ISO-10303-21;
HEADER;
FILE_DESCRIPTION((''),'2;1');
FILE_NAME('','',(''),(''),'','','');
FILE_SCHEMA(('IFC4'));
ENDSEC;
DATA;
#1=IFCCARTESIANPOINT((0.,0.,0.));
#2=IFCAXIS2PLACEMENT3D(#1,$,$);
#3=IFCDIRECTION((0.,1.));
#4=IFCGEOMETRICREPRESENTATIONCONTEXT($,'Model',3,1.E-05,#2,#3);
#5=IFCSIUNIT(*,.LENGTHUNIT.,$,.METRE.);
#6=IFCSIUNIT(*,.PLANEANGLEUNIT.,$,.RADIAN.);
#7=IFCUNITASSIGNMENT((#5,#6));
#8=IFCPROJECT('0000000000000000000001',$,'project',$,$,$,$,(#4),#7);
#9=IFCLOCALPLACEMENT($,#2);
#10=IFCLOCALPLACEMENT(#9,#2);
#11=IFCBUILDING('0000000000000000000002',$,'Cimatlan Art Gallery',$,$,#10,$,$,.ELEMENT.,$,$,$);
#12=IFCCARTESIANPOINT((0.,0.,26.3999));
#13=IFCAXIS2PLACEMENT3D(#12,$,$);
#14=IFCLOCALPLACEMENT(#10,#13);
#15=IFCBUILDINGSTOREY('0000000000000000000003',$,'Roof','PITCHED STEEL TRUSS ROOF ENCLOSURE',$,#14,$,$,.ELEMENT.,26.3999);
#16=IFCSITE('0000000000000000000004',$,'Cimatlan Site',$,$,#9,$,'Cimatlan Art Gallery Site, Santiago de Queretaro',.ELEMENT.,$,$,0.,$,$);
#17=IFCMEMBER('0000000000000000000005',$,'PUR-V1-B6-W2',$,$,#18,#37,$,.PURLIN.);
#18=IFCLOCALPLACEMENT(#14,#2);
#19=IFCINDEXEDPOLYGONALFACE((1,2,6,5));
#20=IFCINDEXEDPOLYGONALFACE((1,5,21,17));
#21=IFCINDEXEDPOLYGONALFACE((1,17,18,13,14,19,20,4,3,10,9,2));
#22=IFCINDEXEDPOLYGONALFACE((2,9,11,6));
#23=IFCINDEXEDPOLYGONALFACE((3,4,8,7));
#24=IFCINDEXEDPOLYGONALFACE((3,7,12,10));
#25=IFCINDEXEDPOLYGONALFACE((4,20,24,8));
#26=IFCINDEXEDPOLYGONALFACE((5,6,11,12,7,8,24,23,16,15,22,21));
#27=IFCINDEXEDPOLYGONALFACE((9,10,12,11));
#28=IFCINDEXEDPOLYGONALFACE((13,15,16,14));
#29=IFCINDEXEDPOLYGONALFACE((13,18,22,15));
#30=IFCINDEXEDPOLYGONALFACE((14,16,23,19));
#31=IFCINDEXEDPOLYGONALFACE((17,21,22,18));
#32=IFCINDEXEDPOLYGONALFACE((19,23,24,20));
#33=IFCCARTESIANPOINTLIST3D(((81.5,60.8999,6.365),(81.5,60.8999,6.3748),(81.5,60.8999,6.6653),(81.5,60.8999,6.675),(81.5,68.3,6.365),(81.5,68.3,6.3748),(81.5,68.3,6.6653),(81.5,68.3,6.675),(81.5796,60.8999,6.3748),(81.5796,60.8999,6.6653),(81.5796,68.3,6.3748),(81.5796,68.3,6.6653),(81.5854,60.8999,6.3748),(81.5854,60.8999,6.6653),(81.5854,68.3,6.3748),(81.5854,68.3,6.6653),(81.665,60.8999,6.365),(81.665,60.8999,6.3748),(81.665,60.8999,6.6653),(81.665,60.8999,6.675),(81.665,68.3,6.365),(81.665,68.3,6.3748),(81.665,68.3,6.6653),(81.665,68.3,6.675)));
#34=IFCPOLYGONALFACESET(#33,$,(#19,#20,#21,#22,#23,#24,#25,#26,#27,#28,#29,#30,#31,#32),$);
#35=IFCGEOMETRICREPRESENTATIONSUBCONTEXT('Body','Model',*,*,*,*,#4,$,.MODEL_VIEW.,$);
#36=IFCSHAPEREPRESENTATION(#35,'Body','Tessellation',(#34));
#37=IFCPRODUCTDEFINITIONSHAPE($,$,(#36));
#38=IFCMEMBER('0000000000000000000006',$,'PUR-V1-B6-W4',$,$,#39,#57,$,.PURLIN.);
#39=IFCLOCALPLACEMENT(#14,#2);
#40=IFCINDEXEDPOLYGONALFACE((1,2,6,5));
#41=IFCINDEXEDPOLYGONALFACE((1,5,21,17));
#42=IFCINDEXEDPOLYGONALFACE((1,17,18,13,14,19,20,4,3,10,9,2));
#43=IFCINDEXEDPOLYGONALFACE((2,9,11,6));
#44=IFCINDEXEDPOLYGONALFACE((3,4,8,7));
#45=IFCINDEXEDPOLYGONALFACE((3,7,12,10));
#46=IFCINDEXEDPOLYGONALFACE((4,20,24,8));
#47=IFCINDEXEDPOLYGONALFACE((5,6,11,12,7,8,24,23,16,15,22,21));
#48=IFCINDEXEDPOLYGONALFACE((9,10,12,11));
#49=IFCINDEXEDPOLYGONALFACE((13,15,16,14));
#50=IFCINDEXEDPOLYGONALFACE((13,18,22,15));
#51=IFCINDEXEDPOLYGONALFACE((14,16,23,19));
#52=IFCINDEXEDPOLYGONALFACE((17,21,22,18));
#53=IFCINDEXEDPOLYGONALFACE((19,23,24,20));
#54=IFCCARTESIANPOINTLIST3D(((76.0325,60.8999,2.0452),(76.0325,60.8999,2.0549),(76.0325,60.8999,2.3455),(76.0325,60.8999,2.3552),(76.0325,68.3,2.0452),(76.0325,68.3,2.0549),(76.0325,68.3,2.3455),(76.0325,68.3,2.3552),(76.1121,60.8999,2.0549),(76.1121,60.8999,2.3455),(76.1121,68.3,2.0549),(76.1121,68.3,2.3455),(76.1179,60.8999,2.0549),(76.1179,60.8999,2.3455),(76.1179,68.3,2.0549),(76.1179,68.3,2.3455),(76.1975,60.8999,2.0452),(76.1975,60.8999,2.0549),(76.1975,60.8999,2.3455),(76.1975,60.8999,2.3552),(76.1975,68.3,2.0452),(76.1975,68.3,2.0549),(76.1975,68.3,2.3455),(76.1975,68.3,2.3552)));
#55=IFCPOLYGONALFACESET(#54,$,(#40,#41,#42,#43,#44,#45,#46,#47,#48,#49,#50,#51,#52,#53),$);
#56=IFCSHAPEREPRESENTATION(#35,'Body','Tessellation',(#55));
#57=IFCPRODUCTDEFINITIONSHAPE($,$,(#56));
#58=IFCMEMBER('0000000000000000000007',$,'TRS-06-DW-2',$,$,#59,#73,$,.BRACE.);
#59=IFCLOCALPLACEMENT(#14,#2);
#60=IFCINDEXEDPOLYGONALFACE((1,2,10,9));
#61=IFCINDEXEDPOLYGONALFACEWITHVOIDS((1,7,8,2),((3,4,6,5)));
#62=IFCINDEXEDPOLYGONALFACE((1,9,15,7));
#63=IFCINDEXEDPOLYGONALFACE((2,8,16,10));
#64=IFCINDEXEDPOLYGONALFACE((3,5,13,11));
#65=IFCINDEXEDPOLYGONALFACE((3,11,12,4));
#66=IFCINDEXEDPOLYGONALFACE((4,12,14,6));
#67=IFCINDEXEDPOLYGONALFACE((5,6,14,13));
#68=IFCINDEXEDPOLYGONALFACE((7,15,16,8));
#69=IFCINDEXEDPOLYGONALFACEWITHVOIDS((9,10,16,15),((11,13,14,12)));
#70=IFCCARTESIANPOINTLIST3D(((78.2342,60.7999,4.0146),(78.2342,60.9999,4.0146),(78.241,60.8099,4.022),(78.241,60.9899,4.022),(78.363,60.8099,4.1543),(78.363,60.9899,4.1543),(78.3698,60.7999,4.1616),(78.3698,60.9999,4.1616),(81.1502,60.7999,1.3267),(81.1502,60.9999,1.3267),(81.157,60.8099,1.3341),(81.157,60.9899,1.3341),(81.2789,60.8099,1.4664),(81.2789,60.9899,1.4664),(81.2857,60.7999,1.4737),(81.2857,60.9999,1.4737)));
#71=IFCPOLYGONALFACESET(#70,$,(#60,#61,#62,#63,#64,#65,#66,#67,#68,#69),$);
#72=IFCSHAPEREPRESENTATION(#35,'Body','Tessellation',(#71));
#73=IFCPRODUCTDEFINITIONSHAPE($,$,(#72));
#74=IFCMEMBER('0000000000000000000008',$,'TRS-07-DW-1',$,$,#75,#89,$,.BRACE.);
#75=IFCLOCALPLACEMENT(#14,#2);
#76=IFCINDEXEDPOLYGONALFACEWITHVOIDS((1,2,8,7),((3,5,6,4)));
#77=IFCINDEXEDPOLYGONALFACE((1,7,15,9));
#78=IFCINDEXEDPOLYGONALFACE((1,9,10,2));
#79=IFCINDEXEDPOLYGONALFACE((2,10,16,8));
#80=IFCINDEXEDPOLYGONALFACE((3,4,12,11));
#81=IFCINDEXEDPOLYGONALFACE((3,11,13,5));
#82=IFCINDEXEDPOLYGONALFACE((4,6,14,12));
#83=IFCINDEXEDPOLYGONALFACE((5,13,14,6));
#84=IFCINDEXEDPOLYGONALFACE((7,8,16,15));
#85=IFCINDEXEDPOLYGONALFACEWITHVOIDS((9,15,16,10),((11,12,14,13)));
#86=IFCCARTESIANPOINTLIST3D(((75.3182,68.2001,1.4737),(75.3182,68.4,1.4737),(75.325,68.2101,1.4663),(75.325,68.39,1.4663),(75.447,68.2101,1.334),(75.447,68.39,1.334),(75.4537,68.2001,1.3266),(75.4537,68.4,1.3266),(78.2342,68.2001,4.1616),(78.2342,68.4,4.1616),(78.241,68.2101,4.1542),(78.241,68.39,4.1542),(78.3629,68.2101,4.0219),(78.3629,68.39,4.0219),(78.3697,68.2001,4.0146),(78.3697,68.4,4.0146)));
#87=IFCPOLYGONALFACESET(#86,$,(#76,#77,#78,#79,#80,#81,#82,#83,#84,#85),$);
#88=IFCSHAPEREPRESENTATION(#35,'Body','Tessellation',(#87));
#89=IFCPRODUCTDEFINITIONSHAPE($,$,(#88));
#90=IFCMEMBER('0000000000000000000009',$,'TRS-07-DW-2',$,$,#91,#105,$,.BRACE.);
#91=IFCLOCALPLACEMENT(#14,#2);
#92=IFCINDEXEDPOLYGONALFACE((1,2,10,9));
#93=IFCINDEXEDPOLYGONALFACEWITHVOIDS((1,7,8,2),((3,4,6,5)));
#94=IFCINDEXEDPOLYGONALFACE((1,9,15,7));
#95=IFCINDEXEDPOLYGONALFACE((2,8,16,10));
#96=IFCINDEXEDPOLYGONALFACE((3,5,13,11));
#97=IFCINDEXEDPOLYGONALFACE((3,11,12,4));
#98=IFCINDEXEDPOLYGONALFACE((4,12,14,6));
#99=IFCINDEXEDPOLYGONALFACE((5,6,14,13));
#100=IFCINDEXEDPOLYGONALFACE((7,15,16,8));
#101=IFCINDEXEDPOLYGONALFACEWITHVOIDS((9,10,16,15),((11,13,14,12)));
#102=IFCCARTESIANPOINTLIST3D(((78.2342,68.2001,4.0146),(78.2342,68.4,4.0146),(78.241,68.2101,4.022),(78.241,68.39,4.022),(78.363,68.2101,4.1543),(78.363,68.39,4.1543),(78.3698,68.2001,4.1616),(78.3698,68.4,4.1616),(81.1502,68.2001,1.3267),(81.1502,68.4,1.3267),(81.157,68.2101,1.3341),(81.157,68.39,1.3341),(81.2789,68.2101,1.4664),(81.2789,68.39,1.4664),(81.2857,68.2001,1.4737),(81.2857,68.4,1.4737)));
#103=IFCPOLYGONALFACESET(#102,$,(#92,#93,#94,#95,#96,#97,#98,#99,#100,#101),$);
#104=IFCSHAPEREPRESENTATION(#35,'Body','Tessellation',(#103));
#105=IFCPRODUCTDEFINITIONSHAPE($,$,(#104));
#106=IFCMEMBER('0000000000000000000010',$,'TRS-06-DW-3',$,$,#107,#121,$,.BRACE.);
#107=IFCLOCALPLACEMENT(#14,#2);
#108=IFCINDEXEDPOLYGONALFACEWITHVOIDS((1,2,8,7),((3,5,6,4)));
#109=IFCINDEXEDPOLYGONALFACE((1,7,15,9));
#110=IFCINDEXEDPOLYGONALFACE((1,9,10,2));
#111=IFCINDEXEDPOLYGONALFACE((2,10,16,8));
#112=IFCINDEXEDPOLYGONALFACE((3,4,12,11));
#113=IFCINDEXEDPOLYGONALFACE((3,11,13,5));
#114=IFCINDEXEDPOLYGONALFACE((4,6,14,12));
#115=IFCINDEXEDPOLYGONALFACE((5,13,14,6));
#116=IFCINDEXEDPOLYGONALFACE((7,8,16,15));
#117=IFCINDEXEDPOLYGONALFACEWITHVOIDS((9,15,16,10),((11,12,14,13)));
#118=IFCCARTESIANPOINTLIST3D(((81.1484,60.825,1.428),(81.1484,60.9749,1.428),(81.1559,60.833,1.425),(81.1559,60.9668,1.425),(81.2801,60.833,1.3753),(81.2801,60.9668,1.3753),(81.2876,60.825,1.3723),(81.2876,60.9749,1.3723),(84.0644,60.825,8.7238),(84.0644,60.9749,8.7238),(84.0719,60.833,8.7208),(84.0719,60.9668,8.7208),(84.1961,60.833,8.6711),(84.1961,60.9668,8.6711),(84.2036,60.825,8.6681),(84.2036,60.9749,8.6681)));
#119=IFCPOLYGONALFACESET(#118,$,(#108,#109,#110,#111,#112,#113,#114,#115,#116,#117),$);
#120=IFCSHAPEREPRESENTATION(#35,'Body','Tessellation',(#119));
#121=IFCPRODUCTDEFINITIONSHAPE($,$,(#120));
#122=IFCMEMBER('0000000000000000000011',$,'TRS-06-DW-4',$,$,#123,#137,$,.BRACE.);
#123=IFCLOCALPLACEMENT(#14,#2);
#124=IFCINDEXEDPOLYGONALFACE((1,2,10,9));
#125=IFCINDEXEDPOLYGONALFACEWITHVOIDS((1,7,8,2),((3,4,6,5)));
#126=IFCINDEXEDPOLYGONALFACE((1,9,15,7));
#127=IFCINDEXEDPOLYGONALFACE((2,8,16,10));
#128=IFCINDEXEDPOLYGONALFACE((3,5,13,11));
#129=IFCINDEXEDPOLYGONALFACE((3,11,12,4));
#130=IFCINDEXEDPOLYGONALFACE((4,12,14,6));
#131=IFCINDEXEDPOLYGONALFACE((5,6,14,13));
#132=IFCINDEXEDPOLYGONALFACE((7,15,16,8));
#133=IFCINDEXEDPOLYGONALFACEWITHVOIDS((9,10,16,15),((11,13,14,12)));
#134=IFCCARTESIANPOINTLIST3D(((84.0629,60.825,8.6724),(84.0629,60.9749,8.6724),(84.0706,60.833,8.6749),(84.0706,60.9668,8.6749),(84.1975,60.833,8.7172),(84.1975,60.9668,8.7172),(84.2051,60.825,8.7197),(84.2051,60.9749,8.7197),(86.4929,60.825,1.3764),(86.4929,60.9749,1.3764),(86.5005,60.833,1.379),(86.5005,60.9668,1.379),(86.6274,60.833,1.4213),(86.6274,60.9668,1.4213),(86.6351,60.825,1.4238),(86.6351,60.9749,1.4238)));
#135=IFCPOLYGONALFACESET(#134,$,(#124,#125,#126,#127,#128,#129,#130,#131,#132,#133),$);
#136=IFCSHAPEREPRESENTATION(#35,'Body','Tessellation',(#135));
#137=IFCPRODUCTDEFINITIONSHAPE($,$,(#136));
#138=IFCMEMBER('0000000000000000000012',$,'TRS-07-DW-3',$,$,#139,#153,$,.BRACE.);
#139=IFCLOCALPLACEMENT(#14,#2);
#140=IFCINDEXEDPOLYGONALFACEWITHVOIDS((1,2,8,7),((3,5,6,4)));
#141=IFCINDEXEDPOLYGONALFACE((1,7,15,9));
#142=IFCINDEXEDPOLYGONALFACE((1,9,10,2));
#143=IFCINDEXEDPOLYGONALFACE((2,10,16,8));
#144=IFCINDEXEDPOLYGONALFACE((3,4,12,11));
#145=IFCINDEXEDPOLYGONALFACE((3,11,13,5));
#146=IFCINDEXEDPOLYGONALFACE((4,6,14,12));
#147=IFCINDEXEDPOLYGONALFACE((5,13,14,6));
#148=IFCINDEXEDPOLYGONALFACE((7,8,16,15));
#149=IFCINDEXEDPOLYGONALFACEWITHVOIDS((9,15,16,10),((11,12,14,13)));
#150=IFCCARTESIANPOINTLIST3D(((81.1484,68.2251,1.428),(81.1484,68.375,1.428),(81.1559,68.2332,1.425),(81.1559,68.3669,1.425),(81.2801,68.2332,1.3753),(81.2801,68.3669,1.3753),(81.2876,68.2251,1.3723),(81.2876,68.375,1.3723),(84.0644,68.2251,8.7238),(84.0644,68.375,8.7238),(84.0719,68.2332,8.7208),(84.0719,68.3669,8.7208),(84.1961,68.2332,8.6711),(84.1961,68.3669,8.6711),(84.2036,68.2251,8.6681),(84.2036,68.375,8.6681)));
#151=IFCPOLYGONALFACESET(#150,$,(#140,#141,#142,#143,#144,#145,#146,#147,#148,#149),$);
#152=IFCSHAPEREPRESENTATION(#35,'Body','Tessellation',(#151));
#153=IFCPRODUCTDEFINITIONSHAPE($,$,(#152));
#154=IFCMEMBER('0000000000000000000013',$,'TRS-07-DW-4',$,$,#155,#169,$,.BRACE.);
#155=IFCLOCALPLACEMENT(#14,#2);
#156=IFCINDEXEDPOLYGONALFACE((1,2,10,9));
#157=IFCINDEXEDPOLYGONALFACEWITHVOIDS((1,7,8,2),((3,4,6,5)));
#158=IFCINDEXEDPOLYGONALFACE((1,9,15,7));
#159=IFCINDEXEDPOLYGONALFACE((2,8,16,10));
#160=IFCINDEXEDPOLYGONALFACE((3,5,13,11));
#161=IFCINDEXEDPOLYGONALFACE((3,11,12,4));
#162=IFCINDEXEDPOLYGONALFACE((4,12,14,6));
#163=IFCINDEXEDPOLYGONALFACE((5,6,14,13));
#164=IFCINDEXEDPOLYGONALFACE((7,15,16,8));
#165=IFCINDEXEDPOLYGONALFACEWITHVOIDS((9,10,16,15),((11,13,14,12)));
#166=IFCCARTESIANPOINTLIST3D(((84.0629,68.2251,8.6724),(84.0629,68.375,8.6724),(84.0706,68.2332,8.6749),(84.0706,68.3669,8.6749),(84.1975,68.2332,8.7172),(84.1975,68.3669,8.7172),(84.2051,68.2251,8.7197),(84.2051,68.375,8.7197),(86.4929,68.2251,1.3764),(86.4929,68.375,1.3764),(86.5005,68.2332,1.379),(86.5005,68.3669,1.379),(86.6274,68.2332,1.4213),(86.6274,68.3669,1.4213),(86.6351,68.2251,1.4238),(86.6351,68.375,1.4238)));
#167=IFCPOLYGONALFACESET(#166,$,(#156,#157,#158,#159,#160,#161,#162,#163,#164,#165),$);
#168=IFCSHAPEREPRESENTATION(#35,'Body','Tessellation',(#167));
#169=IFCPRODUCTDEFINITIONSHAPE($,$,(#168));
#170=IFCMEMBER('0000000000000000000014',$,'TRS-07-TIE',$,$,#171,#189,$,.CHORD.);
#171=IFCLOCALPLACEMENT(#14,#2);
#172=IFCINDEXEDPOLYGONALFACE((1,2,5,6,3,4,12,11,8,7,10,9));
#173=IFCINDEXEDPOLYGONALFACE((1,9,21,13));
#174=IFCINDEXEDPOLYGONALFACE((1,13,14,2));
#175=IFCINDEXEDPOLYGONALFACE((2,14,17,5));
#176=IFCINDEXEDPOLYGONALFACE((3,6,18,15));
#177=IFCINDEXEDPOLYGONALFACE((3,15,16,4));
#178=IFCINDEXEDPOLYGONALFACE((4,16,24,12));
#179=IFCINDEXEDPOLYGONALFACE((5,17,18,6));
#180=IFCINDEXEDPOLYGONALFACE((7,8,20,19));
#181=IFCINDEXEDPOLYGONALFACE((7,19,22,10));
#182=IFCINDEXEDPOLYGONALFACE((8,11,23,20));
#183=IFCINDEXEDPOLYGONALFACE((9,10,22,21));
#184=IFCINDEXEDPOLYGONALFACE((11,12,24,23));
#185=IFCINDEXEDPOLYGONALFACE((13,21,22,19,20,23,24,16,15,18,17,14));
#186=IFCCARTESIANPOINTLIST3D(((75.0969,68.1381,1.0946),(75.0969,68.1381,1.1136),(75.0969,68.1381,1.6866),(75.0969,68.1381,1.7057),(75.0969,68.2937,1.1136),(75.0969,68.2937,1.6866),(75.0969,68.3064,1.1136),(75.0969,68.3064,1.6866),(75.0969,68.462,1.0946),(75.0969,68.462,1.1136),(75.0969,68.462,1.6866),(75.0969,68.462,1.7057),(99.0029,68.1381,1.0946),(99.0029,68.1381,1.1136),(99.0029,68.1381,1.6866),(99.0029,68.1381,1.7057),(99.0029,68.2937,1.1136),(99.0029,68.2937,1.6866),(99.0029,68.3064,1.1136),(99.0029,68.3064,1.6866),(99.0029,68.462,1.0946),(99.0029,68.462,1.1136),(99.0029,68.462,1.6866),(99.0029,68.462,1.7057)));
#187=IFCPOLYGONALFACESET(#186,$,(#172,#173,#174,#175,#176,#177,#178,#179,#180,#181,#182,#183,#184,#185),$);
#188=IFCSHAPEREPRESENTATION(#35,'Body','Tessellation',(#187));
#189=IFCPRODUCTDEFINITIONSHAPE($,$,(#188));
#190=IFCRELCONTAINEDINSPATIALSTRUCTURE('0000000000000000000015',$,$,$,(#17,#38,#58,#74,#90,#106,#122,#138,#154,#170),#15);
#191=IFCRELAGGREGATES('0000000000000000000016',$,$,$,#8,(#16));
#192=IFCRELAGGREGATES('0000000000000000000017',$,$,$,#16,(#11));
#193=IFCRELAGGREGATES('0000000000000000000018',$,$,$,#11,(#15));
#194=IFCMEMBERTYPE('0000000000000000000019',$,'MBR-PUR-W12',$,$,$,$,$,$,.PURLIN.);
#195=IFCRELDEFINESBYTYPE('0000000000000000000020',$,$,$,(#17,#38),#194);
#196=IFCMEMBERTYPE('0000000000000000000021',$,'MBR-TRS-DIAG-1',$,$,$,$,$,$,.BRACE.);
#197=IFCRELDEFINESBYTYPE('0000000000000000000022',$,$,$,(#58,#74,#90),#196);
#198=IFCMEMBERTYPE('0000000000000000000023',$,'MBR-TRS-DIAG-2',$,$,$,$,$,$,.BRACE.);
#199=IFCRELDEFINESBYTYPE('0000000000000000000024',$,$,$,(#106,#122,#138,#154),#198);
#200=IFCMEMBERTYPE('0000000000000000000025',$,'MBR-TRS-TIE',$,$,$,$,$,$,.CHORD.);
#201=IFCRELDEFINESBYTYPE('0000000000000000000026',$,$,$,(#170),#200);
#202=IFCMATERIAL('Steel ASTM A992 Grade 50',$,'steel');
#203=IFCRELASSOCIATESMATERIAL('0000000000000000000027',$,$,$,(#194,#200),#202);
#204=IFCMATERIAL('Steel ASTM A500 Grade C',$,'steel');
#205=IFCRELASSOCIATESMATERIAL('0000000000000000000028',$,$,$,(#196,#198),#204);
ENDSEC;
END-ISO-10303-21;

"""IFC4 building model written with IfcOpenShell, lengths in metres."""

from ifc_helpers import new_model, si_unit, direction, frame, origin, origin_2d, place, context, subcontext, project, spatial, hollow_rectangle, i_section, extrude, material, material_profile, profile_set, type_object, element, save


model = new_model("IFC4")

# Units and contexts
model_context = context("Model", 3, precision=1e-05, world=origin(), true_north=direction((0.0, 1.0)))
body_context = subcontext(model_context, "Body", "Model", "MODEL_VIEW")
ifc_project = project(units=[si_unit("LENGTHUNIT", "METRE"), si_unit("PLANEANGLEUNIT", "RADIAN")], contexts=[model_context])

# Site, building, storey
site_placement = place(None, origin())
site = spatial("IfcSite", under=ifc_project, at=site_placement, Name="Cimatlan Site", LongName="Cimatlan Art Gallery Site, Santiago de Queretaro", CompositionType="ELEMENT", RefElevation=0.0)
building_placement = place(site_placement, origin())
building = spatial("IfcBuilding", under=site, at=building_placement, Name="Cimatlan Art Gallery", CompositionType="ELEMENT")
storey_placement = place(building_placement, frame((0.0, 0.0, 26.3999)))
storey = spatial("IfcBuildingStorey", under=building, at=storey_placement, Name="Roof", Description="PITCHED STEEL TRUSS ROOF ENCLOSURE", CompositionType="ELEMENT", Elevation=26.3999)

# Shared definitions
ifc_material_1 = material(Name="Steel ASTM A992 Grade 50", Category="steel")

# Members
ifc_material_2 = material(Name="Steel ASTM A500 Grade C", Category="steel")
ifc_material_profile_1 = material_profile(ifc_material_1, i_section(OverallWidth=0.165, OverallDepth=0.3101, WebThickness=0.0059, FlangeThickness=0.0098, at=origin_2d()), Name="W12X26")
ifc_profile_set_1 = profile_set([ifc_material_profile_1], Name="Steel ASTM A992 Grade 50")
member_type_1 = type_object("IfcMemberType", Name="MBR-PUR-W12", PredefinedType="PURLIN", material=ifc_profile_set_1)
for number, where, z_axis, x_axis, name in (
    (1, (81.5825, 60.8999, 6.52), (0.0, 1.0, 0.0), (-1.0, 0.0, 0.0), "PUR-V1-B6-W2"),
    (2, (76.115, 60.8999, 2.2002), (0.0, 1.0, 0.0), (-1.0, 0.0, 0.0), "PUR-V1-B6-W4"),
):
    element("IfcMember", number, at=place(storey_placement, frame(where, z_axis=z_axis, x_axis=x_axis)), inside=storey, type_object=member_type_1, Name=name, PredefinedType="PURLIN", context=body_context, shape_type="SweptSolid", body=[
        extrude(i_section(OverallWidth=0.165, OverallDepth=0.3101, WebThickness=0.0059, FlangeThickness=0.0098, at=origin_2d()), origin(), (0.0, 0.0, 1.0), 7.4001),
    ])
ifc_material_profile_2 = material_profile(ifc_material_2, hollow_rectangle(XDim=0.2, YDim=0.2, WallThickness=0.01, at=origin_2d()), Name="HSS200X200X10")
ifc_profile_set_2 = profile_set([ifc_material_profile_2], Name="Steel ASTM A500 Grade C")
member_type_2 = type_object("IfcMemberType", Name="MBR-TRS-DIAG-1", PredefinedType="BRACE", material=ifc_profile_set_2)
for number, where, z_axis, x_axis, name in (
    (3, (78.302, 60.8999, 4.0881), (0.735271, 0.0, -0.677774), (0.0, 1.0, 0.0), "TRS-06-DW-2"),
    (4, (75.386, 68.3, 1.4001), (0.735271, 0.0, 0.677774), (0.0, 1.0, 0.0), "TRS-07-DW-1"),
    (5, (78.302, 68.3, 4.0881), (0.735271, 0.0, -0.677774), (0.0, 1.0, 0.0), "TRS-07-DW-2"),
):
    element("IfcMember", number, at=place(storey_placement, frame(where, z_axis=z_axis, x_axis=x_axis)), inside=storey, type_object=member_type_2, Name=name, PredefinedType="BRACE", context=body_context, shape_type="SweptSolid", body=[
        extrude(hollow_rectangle(XDim=0.2, YDim=0.2, WallThickness=0.01, at=origin_2d()), origin(), (0.0, 0.0, 1.0), 3.9658),
    ])
ifc_material_profile_3 = material_profile(ifc_material_2, hollow_rectangle(XDim=0.1499, YDim=0.1499, WallThickness=0.0081, at=origin_2d()), Name="HSS150X150X8")
ifc_profile_set_3 = profile_set([ifc_material_profile_3], Name="Steel ASTM A500 Grade C")
member_type_3 = type_object("IfcMemberType", Name="MBR-TRS-DIAG-2", PredefinedType="BRACE", material=ifc_profile_set_3)
member_1_placement = place(storey_placement, frame((81.218, 60.8999, 1.4001), z_axis=(0.371134, 0.0, 0.92858), x_axis=(0.0, 1.0, 0.0)))
element("IfcMember", 6, at=member_1_placement, inside=storey, type_object=member_type_3, Name="TRS-06-DW-3", PredefinedType="BRACE", context=body_context, shape_type="SweptSolid", body=[
    extrude(hollow_rectangle(XDim=0.1499, YDim=0.1499, WallThickness=0.0081, at=origin_2d()), origin(), (0.0, 0.0, 1.0), 7.8569),
])
member_2_placement = place(storey_placement, frame((84.134, 60.8999, 8.696), z_axis=(0.31599, 0.0, -0.948763), x_axis=(0.0, 1.0, 0.0)))
element("IfcMember", 7, at=member_2_placement, inside=storey, type_object=member_type_3, Name="TRS-06-DW-4", PredefinedType="BRACE", context=body_context, shape_type="SweptSolid", body=[
    extrude(hollow_rectangle(XDim=0.1499, YDim=0.1499, WallThickness=0.0081, at=origin_2d()), origin(), (0.0, 0.0, 1.0), 7.6899),
])
member_3_placement = place(storey_placement, frame((81.218, 68.3, 1.4001), z_axis=(0.371134, 0.0, 0.92858), x_axis=(0.0, 1.0, 0.0)))
element("IfcMember", 8, at=member_3_placement, inside=storey, type_object=member_type_3, Name="TRS-07-DW-3", PredefinedType="BRACE", context=body_context, shape_type="SweptSolid", body=[
    extrude(hollow_rectangle(XDim=0.1499, YDim=0.1499, WallThickness=0.0081, at=origin_2d()), origin(), (0.0, 0.0, 1.0), 7.8569),
])
member_4_placement = place(storey_placement, frame((84.134, 68.3, 8.696), z_axis=(0.31599, 0.0, -0.948763), x_axis=(0.0, 1.0, 0.0)))
element("IfcMember", 9, at=member_4_placement, inside=storey, type_object=member_type_3, Name="TRS-07-DW-4", PredefinedType="BRACE", context=body_context, shape_type="SweptSolid", body=[
    extrude(hollow_rectangle(XDim=0.1499, YDim=0.1499, WallThickness=0.0081, at=origin_2d()), origin(), (0.0, 0.0, 1.0), 7.6899),
])
ifc_material_profile_4 = material_profile(ifc_material_1, i_section(OverallWidth=0.324, OverallDepth=0.6111, WebThickness=0.0127, FlangeThickness=0.019, at=origin_2d()), Name="W24X104")
ifc_profile_set_4 = profile_set([ifc_material_profile_4], Name="Steel ASTM A992 Grade 50")
member_type_4 = type_object("IfcMemberType", Name="MBR-TRS-TIE", PredefinedType="CHORD", material=ifc_profile_set_4)
member_5_placement = place(storey_placement, frame((75.0969, 68.3, 1.4001), z_axis=(1.0, 0.0, 0.0), x_axis=(0.0, 1.0, 0.0)))
element("IfcMember", 10, at=member_5_placement, inside=storey, type_object=member_type_4, Name="TRS-07-TIE", PredefinedType="CHORD", context=body_context, shape_type="SweptSolid", body=[
    extrude(i_section(OverallWidth=0.324, OverallDepth=0.6111, WebThickness=0.0127, FlangeThickness=0.019, at=origin_2d()), origin(), (0.0, 0.0, 1.0), 23.906),
])

save(model, "model.ifc")
